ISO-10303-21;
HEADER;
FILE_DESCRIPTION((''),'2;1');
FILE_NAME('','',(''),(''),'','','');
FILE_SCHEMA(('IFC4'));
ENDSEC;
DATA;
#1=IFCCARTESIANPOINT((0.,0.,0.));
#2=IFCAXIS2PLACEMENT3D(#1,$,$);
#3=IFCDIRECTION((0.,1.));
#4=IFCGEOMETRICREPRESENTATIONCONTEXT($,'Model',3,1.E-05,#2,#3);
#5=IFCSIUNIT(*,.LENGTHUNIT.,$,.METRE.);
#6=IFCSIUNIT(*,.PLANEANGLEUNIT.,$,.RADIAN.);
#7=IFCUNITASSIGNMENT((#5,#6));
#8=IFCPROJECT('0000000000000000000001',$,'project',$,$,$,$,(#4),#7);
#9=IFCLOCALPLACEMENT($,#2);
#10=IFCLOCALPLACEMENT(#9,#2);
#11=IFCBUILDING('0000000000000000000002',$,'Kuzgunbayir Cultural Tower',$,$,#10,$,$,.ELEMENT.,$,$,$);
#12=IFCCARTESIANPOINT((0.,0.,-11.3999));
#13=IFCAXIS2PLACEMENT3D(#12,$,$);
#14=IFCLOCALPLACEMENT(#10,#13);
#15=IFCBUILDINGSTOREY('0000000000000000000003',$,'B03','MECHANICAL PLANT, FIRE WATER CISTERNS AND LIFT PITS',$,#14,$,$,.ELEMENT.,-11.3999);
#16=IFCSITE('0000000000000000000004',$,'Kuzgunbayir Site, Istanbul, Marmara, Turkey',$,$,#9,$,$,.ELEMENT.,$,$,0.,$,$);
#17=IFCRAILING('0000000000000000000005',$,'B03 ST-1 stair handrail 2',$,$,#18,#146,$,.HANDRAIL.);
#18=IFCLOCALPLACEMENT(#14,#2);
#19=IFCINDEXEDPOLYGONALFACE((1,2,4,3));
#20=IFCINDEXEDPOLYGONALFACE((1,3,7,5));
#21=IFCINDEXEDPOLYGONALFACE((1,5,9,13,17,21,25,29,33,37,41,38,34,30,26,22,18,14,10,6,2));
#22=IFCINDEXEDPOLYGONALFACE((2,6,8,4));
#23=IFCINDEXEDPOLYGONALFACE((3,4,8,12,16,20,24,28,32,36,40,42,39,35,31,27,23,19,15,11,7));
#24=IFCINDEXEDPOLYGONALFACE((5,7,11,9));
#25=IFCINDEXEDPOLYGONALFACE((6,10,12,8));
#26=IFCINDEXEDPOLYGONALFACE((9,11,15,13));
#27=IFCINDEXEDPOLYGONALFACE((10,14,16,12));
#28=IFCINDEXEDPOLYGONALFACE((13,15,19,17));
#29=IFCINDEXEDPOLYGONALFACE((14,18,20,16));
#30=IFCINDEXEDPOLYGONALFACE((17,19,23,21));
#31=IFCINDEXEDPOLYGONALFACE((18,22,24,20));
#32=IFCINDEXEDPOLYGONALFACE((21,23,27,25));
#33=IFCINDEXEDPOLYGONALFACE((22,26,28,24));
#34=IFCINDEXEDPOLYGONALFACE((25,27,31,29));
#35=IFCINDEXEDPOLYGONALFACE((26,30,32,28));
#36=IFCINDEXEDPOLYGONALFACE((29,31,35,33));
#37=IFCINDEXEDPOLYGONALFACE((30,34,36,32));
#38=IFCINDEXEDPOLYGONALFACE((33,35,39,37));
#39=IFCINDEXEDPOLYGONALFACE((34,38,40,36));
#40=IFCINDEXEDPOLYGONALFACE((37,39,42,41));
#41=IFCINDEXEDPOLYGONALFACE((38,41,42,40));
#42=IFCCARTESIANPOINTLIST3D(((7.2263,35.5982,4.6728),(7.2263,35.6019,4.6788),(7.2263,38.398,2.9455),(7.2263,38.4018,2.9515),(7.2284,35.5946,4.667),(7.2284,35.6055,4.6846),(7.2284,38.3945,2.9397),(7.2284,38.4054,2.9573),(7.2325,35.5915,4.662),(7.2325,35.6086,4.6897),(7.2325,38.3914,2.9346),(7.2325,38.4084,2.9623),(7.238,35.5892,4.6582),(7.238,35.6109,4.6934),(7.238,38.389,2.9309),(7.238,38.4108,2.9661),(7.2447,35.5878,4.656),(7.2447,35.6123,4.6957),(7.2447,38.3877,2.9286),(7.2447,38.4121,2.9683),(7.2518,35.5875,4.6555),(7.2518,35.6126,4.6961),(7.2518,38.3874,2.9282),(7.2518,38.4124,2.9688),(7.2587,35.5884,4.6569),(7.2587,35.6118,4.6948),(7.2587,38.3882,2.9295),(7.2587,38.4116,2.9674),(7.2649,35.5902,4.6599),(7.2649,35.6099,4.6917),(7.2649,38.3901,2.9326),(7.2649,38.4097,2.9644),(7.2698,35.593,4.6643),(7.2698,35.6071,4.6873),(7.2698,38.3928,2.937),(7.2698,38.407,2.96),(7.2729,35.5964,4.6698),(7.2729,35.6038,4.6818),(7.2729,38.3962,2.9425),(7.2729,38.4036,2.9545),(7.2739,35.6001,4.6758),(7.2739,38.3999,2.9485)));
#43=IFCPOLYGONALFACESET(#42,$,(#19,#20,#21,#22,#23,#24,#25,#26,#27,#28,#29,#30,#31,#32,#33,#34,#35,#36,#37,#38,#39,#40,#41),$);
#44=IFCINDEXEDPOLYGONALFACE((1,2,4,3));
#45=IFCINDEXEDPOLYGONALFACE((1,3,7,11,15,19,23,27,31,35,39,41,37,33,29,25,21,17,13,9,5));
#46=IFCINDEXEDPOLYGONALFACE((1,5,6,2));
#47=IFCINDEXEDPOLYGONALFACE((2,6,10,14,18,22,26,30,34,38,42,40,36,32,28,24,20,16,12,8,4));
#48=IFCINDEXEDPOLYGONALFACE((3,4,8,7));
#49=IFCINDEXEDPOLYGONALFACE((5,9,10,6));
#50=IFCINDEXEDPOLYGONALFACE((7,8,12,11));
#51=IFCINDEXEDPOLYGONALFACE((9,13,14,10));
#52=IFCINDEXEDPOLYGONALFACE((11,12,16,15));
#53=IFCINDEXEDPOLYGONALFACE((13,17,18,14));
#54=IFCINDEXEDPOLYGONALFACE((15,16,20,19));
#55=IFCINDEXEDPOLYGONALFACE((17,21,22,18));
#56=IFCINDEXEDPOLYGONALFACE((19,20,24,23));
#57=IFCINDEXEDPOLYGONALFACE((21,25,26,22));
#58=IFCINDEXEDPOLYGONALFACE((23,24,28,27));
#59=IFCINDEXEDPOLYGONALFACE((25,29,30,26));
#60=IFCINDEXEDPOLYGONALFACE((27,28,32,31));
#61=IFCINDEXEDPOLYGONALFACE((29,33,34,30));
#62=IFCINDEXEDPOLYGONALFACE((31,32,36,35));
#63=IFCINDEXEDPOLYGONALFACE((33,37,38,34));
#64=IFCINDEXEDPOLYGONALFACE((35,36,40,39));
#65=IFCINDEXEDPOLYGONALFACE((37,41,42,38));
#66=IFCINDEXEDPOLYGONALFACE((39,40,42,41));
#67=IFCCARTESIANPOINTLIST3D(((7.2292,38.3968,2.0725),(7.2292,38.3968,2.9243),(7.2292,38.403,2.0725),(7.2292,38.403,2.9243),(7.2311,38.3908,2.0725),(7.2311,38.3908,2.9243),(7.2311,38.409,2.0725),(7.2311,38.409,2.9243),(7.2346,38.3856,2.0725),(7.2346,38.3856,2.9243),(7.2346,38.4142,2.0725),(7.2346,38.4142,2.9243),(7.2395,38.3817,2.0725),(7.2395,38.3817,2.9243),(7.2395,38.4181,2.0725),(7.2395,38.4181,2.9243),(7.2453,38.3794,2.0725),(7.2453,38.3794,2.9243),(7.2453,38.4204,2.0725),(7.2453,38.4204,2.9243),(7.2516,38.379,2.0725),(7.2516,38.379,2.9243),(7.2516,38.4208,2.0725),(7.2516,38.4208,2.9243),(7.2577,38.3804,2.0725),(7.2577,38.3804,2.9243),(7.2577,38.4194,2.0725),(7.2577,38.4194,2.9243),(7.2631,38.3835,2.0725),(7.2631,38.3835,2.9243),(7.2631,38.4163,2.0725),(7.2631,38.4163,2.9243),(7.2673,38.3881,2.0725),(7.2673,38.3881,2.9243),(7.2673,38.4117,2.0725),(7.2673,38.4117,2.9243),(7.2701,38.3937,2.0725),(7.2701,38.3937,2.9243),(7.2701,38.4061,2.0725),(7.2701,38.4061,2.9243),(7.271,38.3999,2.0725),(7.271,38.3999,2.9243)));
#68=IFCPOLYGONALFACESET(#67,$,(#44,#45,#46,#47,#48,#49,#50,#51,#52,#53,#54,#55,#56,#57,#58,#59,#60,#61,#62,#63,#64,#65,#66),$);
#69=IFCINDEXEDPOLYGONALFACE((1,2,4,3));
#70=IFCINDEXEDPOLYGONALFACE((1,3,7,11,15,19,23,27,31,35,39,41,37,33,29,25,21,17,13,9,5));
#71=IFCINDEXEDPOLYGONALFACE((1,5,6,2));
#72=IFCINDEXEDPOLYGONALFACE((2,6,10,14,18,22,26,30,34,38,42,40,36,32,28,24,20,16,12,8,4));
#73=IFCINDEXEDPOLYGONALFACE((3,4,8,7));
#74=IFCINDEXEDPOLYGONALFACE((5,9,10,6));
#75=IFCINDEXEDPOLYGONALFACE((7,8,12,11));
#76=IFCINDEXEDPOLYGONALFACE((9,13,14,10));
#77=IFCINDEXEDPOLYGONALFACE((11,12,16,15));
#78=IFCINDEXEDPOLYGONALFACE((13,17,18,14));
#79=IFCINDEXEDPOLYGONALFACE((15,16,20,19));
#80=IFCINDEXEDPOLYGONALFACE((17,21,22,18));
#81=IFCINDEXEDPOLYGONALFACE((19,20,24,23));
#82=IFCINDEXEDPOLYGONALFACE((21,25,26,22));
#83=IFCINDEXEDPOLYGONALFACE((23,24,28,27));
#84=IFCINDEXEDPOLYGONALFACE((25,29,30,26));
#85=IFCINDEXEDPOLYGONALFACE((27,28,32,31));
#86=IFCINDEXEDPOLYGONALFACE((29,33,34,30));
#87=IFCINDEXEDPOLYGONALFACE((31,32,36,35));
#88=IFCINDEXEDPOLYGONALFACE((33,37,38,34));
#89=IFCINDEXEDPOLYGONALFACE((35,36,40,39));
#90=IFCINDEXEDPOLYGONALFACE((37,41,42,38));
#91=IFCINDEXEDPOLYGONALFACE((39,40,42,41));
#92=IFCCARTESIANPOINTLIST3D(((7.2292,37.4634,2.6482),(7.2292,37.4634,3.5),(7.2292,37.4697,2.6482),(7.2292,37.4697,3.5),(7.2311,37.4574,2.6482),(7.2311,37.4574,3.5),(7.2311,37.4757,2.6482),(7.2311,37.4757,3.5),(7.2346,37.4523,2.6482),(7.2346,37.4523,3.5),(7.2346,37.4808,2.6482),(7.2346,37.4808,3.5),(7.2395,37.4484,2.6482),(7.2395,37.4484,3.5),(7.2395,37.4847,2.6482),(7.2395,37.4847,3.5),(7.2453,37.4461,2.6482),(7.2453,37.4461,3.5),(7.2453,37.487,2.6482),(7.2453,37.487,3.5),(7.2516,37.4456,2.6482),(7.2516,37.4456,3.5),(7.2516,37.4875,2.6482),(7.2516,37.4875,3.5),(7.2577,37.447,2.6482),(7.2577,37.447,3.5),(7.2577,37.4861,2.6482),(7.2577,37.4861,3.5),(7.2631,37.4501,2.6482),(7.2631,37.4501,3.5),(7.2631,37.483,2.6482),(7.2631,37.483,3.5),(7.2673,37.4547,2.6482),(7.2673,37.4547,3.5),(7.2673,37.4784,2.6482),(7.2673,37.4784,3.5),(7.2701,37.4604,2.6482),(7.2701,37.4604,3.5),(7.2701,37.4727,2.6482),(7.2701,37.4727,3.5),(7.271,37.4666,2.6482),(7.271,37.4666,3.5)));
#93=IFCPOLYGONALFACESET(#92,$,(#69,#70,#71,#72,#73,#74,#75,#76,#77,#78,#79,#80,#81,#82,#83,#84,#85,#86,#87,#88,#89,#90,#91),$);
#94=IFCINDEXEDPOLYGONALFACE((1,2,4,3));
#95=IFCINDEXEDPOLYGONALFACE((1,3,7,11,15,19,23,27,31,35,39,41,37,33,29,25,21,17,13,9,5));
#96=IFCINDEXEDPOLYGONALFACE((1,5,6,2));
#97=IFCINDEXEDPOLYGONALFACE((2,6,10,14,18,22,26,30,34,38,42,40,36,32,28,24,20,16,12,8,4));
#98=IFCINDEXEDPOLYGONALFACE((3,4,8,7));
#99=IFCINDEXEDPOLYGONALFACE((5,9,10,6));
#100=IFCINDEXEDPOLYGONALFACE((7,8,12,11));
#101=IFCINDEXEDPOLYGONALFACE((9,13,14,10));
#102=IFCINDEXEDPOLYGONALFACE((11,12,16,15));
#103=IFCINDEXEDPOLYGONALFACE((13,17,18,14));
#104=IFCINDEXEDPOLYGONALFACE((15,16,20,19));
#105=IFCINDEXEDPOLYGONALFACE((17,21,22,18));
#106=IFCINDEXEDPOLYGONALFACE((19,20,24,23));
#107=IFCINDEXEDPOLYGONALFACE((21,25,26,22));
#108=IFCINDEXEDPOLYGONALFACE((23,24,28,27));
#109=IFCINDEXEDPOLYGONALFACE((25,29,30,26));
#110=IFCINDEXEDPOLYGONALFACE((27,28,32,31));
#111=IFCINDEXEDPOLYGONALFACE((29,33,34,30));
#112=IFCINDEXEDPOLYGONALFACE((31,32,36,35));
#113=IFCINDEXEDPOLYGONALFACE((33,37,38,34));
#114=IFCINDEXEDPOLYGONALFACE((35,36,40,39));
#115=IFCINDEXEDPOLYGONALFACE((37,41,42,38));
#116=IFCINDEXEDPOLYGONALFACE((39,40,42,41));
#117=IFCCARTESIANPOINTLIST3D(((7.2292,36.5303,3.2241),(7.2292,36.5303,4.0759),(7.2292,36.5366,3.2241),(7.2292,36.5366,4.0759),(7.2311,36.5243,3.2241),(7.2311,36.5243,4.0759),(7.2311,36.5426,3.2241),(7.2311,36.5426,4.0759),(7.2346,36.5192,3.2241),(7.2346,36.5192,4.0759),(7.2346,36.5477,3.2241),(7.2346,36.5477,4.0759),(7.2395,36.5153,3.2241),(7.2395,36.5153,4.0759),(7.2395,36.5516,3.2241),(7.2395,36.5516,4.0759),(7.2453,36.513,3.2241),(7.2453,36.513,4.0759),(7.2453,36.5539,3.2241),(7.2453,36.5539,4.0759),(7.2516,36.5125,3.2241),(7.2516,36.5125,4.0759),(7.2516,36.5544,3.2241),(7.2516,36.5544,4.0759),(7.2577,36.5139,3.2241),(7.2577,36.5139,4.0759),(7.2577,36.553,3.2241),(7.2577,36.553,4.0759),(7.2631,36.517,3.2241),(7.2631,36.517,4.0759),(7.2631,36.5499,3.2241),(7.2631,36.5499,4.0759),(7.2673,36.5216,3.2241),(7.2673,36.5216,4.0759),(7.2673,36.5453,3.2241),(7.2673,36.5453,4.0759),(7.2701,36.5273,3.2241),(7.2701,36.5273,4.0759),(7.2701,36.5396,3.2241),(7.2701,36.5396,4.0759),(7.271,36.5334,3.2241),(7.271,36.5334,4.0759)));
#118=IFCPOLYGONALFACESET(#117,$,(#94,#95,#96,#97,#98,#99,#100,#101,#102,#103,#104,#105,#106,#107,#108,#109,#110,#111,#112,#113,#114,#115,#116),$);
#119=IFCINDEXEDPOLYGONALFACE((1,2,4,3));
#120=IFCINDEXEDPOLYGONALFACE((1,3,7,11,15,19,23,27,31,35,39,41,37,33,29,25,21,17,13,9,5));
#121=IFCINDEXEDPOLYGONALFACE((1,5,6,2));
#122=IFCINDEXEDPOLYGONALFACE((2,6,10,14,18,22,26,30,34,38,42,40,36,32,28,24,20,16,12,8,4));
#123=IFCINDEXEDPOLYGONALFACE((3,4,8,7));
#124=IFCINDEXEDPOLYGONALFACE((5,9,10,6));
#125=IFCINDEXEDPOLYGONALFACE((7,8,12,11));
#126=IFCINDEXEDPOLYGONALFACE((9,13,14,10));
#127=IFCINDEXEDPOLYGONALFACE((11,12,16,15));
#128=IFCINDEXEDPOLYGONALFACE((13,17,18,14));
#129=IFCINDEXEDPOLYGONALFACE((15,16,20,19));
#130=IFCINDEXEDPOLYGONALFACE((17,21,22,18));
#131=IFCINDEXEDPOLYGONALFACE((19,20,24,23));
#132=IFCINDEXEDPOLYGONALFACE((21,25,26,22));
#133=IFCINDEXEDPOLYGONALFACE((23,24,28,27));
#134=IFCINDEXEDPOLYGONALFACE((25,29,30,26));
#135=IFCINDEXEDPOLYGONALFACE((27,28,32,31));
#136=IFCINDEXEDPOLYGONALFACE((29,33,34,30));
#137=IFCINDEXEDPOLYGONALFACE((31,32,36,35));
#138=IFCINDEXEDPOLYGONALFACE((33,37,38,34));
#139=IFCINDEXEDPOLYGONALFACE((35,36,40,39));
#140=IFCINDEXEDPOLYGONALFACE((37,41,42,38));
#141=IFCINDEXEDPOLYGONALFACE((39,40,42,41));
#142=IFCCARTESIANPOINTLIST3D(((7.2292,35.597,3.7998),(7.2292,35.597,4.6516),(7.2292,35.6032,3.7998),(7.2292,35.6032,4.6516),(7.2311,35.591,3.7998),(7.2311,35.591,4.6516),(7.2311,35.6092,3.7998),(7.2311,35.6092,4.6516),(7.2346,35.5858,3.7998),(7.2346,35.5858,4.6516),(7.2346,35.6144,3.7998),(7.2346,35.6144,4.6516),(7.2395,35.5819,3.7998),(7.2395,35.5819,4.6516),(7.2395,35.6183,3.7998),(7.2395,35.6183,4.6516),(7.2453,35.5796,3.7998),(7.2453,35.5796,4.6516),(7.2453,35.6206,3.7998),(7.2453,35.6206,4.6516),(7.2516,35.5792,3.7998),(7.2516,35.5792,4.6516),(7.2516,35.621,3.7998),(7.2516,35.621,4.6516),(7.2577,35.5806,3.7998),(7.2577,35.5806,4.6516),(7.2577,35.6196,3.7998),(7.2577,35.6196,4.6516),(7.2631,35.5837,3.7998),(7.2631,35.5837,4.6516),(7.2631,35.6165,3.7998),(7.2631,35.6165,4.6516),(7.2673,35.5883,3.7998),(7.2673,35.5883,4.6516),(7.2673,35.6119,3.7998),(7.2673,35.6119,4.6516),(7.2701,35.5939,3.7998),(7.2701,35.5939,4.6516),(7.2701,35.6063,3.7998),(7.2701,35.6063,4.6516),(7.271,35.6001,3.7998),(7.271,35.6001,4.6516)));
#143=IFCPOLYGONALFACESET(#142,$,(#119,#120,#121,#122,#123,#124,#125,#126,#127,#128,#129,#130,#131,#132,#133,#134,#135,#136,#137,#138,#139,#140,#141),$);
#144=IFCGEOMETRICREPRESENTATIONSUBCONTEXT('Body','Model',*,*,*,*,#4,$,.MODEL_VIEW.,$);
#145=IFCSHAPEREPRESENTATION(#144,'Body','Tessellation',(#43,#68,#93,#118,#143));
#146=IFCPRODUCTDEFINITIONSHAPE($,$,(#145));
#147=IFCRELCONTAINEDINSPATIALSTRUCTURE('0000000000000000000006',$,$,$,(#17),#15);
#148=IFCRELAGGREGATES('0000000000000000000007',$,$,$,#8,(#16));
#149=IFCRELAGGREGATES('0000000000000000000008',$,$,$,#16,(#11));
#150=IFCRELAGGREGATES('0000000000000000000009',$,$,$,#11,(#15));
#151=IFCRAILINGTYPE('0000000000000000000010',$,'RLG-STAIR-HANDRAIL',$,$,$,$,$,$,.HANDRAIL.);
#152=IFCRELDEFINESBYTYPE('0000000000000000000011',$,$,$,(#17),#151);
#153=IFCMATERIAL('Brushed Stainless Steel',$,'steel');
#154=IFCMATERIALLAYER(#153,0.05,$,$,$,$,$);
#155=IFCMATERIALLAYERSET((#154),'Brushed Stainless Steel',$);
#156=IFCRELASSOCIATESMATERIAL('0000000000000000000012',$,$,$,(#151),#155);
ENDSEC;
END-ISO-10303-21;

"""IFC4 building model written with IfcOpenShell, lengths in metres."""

from ifc_helpers import new_model, si_unit, direction, frame, origin, origin_2d, place, context, subcontext, project, spatial, circle, extrude, material, layer, layer_set, type_object, element, save


model = new_model("IFC4")

# Units and contexts
model_context = context("Model", 3, precision=1e-05, world=origin(), true_north=direction((0.0, 1.0)))
body_context = subcontext(model_context, "Body", "Model", "MODEL_VIEW")
ifc_project = project(units=[si_unit("LENGTHUNIT", "METRE"), si_unit("PLANEANGLEUNIT", "RADIAN")], contexts=[model_context])

# Site, building, storey
site_placement = place(None, origin())
site = spatial("IfcSite", under=ifc_project, at=site_placement, Name="Kuzgunbayir Site, Istanbul, Marmara, Turkey", CompositionType="ELEMENT", RefElevation=0.0)
building_placement = place(site_placement, origin())
building = spatial("IfcBuilding", under=site, at=building_placement, Name="Kuzgunbayir Cultural Tower", CompositionType="ELEMENT")
storey_placement = place(building_placement, frame((0.0, 0.0, -11.3999)))
storey = spatial("IfcBuildingStorey", under=building, at=storey_placement, Name="B03", Description="MECHANICAL PLANT, FIRE WATER CISTERNS AND LIFT PITS", CompositionType="ELEMENT", Elevation=-11.3999)

# Shared definitions
ifc_material_1 = material(Name="Brushed Stainless Steel", Category="steel")

# Railing
ifc_layer_1 = layer(ifc_material_1, 0.05)
ifc_layer_set_1 = layer_set([ifc_layer_1], Name="Brushed Stainless Steel")
railing_type_1 = type_object("IfcRailingType", Name="RLG-STAIR-HANDRAIL", PredefinedType="HANDRAIL", material=ifc_layer_set_1)
railing_1_placement = place(storey_placement, frame((7.25, 38.3999, 2.0725)))
element("IfcRailing", 1, at=railing_1_placement, inside=storey, type_object=railing_type_1, Name="B03 ST-1 stair handrail 2", PredefinedType="HANDRAIL", context=body_context, shape_type="SweptSolid", body=[
    extrude(circle(Radius=0.0239, at=origin_2d()), frame((0.0, 0.0, 0.876), z_axis=(0.0, -0.851069, 0.525054), x_axis=(1.0, 0.0, 0.0)), (0.0, 0.0, 1.0), 3.2898),
    extrude(circle(Radius=0.021, at=origin_2d()), origin(), (0.0, 0.0, 1.0), 0.8518),
    extrude(circle(Radius=0.021, at=origin_2d()), frame((0.0, -0.9333, 0.5757)), (0.0, 0.0, 1.0), 0.8518),
    extrude(circle(Radius=0.021, at=origin_2d()), frame((0.0, -1.8665, 1.1516)), (0.0, 0.0, 1.0), 0.8518),
    extrude(circle(Radius=0.021, at=origin_2d()), frame((0.0, -2.7998, 1.7273)), (0.0, 0.0, 1.0), 0.8518),
])

save(model, "model.ifc")
